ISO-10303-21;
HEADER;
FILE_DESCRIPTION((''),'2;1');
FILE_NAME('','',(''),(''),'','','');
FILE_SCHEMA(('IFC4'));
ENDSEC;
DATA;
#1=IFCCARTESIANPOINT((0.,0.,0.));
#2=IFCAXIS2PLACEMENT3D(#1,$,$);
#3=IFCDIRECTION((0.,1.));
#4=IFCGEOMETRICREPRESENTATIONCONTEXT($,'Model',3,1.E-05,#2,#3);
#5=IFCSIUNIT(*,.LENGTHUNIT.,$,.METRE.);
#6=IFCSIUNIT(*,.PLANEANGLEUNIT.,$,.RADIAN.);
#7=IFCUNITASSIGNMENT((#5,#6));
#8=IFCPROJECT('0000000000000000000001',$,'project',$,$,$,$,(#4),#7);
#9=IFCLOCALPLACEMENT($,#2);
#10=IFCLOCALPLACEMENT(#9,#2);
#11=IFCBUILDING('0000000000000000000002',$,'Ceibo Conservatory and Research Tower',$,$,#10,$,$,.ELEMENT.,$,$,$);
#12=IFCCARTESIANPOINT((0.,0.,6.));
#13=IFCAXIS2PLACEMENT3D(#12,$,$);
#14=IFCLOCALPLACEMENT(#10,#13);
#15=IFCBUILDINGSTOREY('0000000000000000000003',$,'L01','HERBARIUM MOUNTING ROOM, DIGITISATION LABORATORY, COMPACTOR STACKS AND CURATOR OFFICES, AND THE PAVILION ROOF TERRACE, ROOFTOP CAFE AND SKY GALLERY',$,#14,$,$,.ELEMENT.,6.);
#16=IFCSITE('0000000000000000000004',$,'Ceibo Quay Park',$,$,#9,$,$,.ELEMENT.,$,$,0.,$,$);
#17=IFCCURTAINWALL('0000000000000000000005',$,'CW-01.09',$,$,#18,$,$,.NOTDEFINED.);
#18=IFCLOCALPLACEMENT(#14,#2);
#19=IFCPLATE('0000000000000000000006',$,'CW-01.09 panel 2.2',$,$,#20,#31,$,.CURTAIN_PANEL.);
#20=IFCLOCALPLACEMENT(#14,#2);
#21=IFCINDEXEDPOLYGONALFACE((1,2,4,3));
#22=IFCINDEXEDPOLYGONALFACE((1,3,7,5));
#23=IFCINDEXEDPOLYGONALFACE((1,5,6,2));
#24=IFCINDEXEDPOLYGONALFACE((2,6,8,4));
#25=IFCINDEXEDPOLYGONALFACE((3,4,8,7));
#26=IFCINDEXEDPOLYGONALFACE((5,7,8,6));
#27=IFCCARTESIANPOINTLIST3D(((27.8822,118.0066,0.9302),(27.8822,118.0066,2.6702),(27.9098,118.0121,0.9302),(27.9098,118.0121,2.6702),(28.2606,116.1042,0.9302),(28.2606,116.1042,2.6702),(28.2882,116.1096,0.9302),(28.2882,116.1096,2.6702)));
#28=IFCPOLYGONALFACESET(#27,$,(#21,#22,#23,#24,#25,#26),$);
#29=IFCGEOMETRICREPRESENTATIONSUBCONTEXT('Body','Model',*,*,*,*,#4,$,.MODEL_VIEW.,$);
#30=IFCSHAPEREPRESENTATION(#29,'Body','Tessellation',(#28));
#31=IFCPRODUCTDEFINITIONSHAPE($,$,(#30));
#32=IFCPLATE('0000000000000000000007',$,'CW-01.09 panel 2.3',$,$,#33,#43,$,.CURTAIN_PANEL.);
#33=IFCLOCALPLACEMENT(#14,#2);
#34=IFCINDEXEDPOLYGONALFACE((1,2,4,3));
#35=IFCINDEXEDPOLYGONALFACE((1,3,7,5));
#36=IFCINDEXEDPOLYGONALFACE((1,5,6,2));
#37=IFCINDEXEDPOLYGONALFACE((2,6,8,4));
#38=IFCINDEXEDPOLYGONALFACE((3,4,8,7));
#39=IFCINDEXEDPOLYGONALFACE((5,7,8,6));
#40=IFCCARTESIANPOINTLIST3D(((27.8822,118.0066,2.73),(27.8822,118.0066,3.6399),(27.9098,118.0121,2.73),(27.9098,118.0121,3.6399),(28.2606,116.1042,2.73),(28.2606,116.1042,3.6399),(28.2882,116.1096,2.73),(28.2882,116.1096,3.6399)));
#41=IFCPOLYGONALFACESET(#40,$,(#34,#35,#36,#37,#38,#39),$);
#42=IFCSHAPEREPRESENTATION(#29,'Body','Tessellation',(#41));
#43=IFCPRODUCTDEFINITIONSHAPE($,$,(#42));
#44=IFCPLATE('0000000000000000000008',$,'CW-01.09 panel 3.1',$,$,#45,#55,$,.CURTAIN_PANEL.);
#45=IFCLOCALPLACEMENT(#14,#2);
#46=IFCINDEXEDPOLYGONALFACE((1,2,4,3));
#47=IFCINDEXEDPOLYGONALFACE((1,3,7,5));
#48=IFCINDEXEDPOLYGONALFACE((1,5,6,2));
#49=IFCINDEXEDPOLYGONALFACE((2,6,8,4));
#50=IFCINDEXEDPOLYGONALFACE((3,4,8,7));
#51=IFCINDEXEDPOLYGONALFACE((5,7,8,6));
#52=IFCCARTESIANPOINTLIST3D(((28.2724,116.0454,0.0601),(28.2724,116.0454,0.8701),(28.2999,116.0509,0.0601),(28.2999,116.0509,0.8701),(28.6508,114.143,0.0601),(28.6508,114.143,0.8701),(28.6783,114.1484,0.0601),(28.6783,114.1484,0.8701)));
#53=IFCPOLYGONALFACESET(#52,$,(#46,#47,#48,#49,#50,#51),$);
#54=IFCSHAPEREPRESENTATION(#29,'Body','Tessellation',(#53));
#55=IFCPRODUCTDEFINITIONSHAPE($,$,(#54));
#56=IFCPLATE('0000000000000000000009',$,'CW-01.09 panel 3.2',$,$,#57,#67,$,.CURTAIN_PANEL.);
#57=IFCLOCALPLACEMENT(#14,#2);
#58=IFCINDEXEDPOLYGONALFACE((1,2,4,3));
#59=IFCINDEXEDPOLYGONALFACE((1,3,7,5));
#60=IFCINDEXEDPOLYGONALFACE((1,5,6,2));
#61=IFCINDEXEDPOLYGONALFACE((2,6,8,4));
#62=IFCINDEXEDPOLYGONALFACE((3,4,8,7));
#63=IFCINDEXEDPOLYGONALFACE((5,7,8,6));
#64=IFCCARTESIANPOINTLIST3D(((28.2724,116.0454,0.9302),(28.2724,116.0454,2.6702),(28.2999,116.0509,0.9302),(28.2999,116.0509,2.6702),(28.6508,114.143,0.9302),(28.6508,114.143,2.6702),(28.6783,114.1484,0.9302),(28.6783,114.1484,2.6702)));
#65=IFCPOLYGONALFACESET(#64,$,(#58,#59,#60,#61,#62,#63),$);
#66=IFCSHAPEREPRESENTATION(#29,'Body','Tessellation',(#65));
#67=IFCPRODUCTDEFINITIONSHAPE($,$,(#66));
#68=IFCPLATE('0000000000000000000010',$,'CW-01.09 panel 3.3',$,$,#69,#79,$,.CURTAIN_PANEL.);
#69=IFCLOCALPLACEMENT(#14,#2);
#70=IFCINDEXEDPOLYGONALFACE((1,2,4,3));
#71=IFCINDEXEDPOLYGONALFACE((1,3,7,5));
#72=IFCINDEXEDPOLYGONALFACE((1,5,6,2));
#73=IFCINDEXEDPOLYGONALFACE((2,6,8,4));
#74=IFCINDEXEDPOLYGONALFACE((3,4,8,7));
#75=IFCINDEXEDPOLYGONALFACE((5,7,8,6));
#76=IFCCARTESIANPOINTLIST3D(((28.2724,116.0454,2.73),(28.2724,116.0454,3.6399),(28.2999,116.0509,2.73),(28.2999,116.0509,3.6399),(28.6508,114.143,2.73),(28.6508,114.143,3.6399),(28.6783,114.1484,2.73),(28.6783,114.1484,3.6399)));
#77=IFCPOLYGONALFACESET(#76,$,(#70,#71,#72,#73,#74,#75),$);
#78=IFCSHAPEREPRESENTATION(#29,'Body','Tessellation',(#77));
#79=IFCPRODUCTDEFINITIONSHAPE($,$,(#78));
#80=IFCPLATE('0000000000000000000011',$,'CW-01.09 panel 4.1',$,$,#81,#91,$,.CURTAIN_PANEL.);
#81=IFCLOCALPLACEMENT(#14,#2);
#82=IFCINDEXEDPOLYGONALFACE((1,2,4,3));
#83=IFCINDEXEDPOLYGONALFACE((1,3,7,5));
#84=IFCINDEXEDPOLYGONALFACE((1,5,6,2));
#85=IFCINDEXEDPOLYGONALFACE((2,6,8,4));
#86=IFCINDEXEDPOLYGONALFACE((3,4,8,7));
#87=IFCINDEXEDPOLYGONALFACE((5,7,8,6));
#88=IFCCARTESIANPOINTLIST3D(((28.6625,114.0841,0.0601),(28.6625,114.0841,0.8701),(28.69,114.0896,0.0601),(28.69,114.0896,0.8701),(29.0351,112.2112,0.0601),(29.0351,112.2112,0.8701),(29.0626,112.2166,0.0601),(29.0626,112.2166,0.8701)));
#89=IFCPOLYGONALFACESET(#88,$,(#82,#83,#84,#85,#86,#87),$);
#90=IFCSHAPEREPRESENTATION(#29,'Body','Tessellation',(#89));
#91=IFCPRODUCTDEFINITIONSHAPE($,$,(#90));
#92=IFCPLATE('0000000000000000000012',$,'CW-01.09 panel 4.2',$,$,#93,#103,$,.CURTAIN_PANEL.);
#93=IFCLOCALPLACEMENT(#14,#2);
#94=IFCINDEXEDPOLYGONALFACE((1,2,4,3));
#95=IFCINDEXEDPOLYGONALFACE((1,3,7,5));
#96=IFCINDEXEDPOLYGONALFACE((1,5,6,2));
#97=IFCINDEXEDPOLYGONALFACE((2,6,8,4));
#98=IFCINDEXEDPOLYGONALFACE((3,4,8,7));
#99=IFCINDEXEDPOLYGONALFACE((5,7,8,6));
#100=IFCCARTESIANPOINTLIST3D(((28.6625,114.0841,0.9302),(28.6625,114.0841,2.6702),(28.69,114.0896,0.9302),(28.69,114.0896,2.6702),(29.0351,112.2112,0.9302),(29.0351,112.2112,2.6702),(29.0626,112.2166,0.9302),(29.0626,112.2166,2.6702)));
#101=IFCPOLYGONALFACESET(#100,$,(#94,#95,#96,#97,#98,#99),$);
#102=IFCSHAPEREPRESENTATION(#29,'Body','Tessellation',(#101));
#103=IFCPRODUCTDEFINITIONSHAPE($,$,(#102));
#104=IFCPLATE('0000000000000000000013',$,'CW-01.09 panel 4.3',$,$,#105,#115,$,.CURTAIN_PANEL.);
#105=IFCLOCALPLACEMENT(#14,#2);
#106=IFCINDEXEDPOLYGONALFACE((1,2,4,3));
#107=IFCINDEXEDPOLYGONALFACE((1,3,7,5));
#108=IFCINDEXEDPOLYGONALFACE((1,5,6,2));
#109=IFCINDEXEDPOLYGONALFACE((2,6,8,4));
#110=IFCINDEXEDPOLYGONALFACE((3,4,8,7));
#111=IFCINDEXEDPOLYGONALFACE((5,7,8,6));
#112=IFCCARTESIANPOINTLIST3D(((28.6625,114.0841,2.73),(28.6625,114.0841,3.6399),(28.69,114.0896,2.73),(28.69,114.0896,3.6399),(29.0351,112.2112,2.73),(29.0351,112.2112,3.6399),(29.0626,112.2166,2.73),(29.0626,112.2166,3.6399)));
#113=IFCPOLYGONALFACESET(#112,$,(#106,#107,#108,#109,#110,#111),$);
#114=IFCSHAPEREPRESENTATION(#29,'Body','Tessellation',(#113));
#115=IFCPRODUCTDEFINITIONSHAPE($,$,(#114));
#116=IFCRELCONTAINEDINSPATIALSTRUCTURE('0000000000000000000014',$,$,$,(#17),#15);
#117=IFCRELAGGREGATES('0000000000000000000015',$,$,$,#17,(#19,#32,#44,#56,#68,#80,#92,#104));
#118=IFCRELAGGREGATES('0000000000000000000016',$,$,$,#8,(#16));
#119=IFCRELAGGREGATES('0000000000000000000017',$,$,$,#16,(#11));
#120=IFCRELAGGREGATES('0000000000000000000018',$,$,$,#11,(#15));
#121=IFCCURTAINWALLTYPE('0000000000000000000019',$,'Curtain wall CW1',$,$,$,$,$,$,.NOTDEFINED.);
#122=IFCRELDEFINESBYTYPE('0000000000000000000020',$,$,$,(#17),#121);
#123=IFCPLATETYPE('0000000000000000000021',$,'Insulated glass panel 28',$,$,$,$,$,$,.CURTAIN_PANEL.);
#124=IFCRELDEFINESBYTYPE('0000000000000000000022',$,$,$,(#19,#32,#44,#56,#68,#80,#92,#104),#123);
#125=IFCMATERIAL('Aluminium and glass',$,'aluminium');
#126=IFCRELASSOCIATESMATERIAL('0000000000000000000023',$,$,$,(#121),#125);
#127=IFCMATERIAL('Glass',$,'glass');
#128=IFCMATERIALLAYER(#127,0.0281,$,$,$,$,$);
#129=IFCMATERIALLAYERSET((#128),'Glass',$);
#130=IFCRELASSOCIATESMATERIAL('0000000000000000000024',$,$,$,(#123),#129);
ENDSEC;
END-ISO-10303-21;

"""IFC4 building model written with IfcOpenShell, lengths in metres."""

from ifc_helpers import new_model, si_unit, direction, frame, origin, origin_2d, place, context, subcontext, project, spatial, rectangle, extrude, material, layer, layer_set, type_object, element, aggregate, save


model = new_model("IFC4")

# Units and contexts
model_context = context("Model", 3, precision=1e-05, world=origin(), true_north=direction((0.0, 1.0)))
body_context = subcontext(model_context, "Body", "Model", "MODEL_VIEW")
ifc_project = project(units=[si_unit("LENGTHUNIT", "METRE"), si_unit("PLANEANGLEUNIT", "RADIAN")], contexts=[model_context])

# Site, building, storey
site_placement = place(None, origin())
site = spatial("IfcSite", under=ifc_project, at=site_placement, Name="Ceibo Quay Park", CompositionType="ELEMENT", RefElevation=0.0)
building_placement = place(site_placement, origin())
building = spatial("IfcBuilding", under=site, at=building_placement, Name="Ceibo Conservatory and Research Tower", CompositionType="ELEMENT")
storey_placement = place(building_placement, frame((0.0, 0.0, 6.0)))
storey = spatial("IfcBuildingStorey", under=building, at=storey_placement, Name="L01", Description="HERBARIUM MOUNTING ROOM, DIGITISATION LABORATORY, COMPACTOR STACKS AND CURATOR OFFICES, AND THE PAVILION ROOF TERRACE, ROOFTOP CAFE AND SKY GALLERY", CompositionType="ELEMENT", Elevation=6.0)

# Curtain wall
ifc_material_1 = material(Name="Aluminium and glass", Category="aluminium")
curtain_wall_type = type_object("IfcCurtainWallType", Name="Curtain wall CW1", PredefinedType="NOTDEFINED", material=ifc_material_1)
curtain_wall_1_placement = place(storey_placement, origin())
curtain_wall_1 = element("IfcCurtainWall", 1, at=curtain_wall_1_placement, inside=storey, type_object=curtain_wall_type, Name="CW-01.09", PredefinedType="NOTDEFINED")

# Plates
ifc_material_2 = material(Name="Glass", Category="glass")
ifc_layer = layer(ifc_material_2, 0.0281)
ifc_layer_set = layer_set([ifc_layer], Name="Glass")
plate_type = type_object("IfcPlateType", Name="Insulated glass panel 28", PredefinedType="CURTAIN_PANEL", material=ifc_layer_set)
plate_1_placement = place(storey_placement, frame((28.0852, 117.0581, 0.9302), z_axis=(0.0, 0.0, 1.0), x_axis=(0.19509, -0.980785, 0.0)))
plate_1 = element("IfcPlate", 2, at=plate_1_placement, type_object=plate_type, Name="CW-01.09 panel 2.2", PredefinedType="CURTAIN_PANEL", context=body_context, shape_type="SweptSolid", body=[
    extrude(rectangle(XDim=1.9397, YDim=0.0281, at=origin_2d()), origin(), (0.0, 0.0, 1.0), 1.74),
])
plate_2_placement = place(storey_placement, frame((28.0852, 117.0581, 2.73), z_axis=(0.0, 0.0, 1.0), x_axis=(0.19509, -0.980785, 0.0)))
plate_2 = element("IfcPlate", 3, at=plate_2_placement, type_object=plate_type, Name="CW-01.09 panel 2.3", PredefinedType="CURTAIN_PANEL", context=body_context, shape_type="SweptSolid", body=[
    extrude(rectangle(XDim=1.9397, YDim=0.0281, at=origin_2d()), origin(), (0.0, 0.0, 1.0), 0.9099),
])
plate_3_placement = place(storey_placement, frame((28.4753, 115.0969, 0.0601), z_axis=(0.0, 0.0, 1.0), x_axis=(0.19509, -0.980785, 0.0)))
plate_3 = element("IfcPlate", 4, at=plate_3_placement, type_object=plate_type, Name="CW-01.09 panel 3.1", PredefinedType="CURTAIN_PANEL", context=body_context, shape_type="SweptSolid", body=[
    extrude(rectangle(XDim=1.9397, YDim=0.0281, at=origin_2d()), origin(), (0.0, 0.0, 1.0), 0.8101),
])
plate_4_placement = place(storey_placement, frame((28.4753, 115.0969, 0.9302), z_axis=(0.0, 0.0, 1.0), x_axis=(0.19509, -0.980785, 0.0)))
plate_4 = element("IfcPlate", 5, at=plate_4_placement, type_object=plate_type, Name="CW-01.09 panel 3.2", PredefinedType="CURTAIN_PANEL", context=body_context, shape_type="SweptSolid", body=[
    extrude(rectangle(XDim=1.9397, YDim=0.0281, at=origin_2d()), origin(), (0.0, 0.0, 1.0), 1.74),
])
plate_5_placement = place(storey_placement, frame((28.4753, 115.0969, 2.73), z_axis=(0.0, 0.0, 1.0), x_axis=(0.19509, -0.980785, 0.0)))
plate_5 = element("IfcPlate", 6, at=plate_5_placement, type_object=plate_type, Name="CW-01.09 panel 3.3", PredefinedType="CURTAIN_PANEL", context=body_context, shape_type="SweptSolid", body=[
    extrude(rectangle(XDim=1.9397, YDim=0.0281, at=origin_2d()), origin(), (0.0, 0.0, 1.0), 0.9099),
])
plate_6_placement = place(storey_placement, frame((28.8625, 113.1504, 0.0601), z_axis=(0.0, 0.0, 1.0), x_axis=(0.19509, -0.980785, 0.0)))
plate_6 = element("IfcPlate", 7, at=plate_6_placement, type_object=plate_type, Name="CW-01.09 panel 4.1", PredefinedType="CURTAIN_PANEL", context=body_context, shape_type="SweptSolid", body=[
    extrude(rectangle(XDim=1.9097, YDim=0.0281, at=origin_2d()), origin(), (0.0, 0.0, 1.0), 0.8101),
])
plate_7_placement = place(storey_placement, frame((28.8625, 113.1504, 0.9302), z_axis=(0.0, 0.0, 1.0), x_axis=(0.19509, -0.980785, 0.0)))
plate_7 = element("IfcPlate", 8, at=plate_7_placement, type_object=plate_type, Name="CW-01.09 panel 4.2", PredefinedType="CURTAIN_PANEL", context=body_context, shape_type="SweptSolid", body=[
    extrude(rectangle(XDim=1.9097, YDim=0.0281, at=origin_2d()), origin(), (0.0, 0.0, 1.0), 1.74),
])
plate_8_placement = place(storey_placement, frame((28.8625, 113.1504, 2.73), z_axis=(0.0, 0.0, 1.0), x_axis=(0.19509, -0.980785, 0.0)))
plate_8 = element("IfcPlate", 9, at=plate_8_placement, type_object=plate_type, Name="CW-01.09 panel 4.3", PredefinedType="CURTAIN_PANEL", context=body_context, shape_type="SweptSolid", body=[
    extrude(rectangle(XDim=1.9097, YDim=0.0281, at=origin_2d()), origin(), (0.0, 0.0, 1.0), 0.9099),
])
aggregate(curtain_wall_1, [plate_1, plate_2, plate_3, plate_4, plate_5, plate_6, plate_7, plate_8])

save(model, "model.ifc")
